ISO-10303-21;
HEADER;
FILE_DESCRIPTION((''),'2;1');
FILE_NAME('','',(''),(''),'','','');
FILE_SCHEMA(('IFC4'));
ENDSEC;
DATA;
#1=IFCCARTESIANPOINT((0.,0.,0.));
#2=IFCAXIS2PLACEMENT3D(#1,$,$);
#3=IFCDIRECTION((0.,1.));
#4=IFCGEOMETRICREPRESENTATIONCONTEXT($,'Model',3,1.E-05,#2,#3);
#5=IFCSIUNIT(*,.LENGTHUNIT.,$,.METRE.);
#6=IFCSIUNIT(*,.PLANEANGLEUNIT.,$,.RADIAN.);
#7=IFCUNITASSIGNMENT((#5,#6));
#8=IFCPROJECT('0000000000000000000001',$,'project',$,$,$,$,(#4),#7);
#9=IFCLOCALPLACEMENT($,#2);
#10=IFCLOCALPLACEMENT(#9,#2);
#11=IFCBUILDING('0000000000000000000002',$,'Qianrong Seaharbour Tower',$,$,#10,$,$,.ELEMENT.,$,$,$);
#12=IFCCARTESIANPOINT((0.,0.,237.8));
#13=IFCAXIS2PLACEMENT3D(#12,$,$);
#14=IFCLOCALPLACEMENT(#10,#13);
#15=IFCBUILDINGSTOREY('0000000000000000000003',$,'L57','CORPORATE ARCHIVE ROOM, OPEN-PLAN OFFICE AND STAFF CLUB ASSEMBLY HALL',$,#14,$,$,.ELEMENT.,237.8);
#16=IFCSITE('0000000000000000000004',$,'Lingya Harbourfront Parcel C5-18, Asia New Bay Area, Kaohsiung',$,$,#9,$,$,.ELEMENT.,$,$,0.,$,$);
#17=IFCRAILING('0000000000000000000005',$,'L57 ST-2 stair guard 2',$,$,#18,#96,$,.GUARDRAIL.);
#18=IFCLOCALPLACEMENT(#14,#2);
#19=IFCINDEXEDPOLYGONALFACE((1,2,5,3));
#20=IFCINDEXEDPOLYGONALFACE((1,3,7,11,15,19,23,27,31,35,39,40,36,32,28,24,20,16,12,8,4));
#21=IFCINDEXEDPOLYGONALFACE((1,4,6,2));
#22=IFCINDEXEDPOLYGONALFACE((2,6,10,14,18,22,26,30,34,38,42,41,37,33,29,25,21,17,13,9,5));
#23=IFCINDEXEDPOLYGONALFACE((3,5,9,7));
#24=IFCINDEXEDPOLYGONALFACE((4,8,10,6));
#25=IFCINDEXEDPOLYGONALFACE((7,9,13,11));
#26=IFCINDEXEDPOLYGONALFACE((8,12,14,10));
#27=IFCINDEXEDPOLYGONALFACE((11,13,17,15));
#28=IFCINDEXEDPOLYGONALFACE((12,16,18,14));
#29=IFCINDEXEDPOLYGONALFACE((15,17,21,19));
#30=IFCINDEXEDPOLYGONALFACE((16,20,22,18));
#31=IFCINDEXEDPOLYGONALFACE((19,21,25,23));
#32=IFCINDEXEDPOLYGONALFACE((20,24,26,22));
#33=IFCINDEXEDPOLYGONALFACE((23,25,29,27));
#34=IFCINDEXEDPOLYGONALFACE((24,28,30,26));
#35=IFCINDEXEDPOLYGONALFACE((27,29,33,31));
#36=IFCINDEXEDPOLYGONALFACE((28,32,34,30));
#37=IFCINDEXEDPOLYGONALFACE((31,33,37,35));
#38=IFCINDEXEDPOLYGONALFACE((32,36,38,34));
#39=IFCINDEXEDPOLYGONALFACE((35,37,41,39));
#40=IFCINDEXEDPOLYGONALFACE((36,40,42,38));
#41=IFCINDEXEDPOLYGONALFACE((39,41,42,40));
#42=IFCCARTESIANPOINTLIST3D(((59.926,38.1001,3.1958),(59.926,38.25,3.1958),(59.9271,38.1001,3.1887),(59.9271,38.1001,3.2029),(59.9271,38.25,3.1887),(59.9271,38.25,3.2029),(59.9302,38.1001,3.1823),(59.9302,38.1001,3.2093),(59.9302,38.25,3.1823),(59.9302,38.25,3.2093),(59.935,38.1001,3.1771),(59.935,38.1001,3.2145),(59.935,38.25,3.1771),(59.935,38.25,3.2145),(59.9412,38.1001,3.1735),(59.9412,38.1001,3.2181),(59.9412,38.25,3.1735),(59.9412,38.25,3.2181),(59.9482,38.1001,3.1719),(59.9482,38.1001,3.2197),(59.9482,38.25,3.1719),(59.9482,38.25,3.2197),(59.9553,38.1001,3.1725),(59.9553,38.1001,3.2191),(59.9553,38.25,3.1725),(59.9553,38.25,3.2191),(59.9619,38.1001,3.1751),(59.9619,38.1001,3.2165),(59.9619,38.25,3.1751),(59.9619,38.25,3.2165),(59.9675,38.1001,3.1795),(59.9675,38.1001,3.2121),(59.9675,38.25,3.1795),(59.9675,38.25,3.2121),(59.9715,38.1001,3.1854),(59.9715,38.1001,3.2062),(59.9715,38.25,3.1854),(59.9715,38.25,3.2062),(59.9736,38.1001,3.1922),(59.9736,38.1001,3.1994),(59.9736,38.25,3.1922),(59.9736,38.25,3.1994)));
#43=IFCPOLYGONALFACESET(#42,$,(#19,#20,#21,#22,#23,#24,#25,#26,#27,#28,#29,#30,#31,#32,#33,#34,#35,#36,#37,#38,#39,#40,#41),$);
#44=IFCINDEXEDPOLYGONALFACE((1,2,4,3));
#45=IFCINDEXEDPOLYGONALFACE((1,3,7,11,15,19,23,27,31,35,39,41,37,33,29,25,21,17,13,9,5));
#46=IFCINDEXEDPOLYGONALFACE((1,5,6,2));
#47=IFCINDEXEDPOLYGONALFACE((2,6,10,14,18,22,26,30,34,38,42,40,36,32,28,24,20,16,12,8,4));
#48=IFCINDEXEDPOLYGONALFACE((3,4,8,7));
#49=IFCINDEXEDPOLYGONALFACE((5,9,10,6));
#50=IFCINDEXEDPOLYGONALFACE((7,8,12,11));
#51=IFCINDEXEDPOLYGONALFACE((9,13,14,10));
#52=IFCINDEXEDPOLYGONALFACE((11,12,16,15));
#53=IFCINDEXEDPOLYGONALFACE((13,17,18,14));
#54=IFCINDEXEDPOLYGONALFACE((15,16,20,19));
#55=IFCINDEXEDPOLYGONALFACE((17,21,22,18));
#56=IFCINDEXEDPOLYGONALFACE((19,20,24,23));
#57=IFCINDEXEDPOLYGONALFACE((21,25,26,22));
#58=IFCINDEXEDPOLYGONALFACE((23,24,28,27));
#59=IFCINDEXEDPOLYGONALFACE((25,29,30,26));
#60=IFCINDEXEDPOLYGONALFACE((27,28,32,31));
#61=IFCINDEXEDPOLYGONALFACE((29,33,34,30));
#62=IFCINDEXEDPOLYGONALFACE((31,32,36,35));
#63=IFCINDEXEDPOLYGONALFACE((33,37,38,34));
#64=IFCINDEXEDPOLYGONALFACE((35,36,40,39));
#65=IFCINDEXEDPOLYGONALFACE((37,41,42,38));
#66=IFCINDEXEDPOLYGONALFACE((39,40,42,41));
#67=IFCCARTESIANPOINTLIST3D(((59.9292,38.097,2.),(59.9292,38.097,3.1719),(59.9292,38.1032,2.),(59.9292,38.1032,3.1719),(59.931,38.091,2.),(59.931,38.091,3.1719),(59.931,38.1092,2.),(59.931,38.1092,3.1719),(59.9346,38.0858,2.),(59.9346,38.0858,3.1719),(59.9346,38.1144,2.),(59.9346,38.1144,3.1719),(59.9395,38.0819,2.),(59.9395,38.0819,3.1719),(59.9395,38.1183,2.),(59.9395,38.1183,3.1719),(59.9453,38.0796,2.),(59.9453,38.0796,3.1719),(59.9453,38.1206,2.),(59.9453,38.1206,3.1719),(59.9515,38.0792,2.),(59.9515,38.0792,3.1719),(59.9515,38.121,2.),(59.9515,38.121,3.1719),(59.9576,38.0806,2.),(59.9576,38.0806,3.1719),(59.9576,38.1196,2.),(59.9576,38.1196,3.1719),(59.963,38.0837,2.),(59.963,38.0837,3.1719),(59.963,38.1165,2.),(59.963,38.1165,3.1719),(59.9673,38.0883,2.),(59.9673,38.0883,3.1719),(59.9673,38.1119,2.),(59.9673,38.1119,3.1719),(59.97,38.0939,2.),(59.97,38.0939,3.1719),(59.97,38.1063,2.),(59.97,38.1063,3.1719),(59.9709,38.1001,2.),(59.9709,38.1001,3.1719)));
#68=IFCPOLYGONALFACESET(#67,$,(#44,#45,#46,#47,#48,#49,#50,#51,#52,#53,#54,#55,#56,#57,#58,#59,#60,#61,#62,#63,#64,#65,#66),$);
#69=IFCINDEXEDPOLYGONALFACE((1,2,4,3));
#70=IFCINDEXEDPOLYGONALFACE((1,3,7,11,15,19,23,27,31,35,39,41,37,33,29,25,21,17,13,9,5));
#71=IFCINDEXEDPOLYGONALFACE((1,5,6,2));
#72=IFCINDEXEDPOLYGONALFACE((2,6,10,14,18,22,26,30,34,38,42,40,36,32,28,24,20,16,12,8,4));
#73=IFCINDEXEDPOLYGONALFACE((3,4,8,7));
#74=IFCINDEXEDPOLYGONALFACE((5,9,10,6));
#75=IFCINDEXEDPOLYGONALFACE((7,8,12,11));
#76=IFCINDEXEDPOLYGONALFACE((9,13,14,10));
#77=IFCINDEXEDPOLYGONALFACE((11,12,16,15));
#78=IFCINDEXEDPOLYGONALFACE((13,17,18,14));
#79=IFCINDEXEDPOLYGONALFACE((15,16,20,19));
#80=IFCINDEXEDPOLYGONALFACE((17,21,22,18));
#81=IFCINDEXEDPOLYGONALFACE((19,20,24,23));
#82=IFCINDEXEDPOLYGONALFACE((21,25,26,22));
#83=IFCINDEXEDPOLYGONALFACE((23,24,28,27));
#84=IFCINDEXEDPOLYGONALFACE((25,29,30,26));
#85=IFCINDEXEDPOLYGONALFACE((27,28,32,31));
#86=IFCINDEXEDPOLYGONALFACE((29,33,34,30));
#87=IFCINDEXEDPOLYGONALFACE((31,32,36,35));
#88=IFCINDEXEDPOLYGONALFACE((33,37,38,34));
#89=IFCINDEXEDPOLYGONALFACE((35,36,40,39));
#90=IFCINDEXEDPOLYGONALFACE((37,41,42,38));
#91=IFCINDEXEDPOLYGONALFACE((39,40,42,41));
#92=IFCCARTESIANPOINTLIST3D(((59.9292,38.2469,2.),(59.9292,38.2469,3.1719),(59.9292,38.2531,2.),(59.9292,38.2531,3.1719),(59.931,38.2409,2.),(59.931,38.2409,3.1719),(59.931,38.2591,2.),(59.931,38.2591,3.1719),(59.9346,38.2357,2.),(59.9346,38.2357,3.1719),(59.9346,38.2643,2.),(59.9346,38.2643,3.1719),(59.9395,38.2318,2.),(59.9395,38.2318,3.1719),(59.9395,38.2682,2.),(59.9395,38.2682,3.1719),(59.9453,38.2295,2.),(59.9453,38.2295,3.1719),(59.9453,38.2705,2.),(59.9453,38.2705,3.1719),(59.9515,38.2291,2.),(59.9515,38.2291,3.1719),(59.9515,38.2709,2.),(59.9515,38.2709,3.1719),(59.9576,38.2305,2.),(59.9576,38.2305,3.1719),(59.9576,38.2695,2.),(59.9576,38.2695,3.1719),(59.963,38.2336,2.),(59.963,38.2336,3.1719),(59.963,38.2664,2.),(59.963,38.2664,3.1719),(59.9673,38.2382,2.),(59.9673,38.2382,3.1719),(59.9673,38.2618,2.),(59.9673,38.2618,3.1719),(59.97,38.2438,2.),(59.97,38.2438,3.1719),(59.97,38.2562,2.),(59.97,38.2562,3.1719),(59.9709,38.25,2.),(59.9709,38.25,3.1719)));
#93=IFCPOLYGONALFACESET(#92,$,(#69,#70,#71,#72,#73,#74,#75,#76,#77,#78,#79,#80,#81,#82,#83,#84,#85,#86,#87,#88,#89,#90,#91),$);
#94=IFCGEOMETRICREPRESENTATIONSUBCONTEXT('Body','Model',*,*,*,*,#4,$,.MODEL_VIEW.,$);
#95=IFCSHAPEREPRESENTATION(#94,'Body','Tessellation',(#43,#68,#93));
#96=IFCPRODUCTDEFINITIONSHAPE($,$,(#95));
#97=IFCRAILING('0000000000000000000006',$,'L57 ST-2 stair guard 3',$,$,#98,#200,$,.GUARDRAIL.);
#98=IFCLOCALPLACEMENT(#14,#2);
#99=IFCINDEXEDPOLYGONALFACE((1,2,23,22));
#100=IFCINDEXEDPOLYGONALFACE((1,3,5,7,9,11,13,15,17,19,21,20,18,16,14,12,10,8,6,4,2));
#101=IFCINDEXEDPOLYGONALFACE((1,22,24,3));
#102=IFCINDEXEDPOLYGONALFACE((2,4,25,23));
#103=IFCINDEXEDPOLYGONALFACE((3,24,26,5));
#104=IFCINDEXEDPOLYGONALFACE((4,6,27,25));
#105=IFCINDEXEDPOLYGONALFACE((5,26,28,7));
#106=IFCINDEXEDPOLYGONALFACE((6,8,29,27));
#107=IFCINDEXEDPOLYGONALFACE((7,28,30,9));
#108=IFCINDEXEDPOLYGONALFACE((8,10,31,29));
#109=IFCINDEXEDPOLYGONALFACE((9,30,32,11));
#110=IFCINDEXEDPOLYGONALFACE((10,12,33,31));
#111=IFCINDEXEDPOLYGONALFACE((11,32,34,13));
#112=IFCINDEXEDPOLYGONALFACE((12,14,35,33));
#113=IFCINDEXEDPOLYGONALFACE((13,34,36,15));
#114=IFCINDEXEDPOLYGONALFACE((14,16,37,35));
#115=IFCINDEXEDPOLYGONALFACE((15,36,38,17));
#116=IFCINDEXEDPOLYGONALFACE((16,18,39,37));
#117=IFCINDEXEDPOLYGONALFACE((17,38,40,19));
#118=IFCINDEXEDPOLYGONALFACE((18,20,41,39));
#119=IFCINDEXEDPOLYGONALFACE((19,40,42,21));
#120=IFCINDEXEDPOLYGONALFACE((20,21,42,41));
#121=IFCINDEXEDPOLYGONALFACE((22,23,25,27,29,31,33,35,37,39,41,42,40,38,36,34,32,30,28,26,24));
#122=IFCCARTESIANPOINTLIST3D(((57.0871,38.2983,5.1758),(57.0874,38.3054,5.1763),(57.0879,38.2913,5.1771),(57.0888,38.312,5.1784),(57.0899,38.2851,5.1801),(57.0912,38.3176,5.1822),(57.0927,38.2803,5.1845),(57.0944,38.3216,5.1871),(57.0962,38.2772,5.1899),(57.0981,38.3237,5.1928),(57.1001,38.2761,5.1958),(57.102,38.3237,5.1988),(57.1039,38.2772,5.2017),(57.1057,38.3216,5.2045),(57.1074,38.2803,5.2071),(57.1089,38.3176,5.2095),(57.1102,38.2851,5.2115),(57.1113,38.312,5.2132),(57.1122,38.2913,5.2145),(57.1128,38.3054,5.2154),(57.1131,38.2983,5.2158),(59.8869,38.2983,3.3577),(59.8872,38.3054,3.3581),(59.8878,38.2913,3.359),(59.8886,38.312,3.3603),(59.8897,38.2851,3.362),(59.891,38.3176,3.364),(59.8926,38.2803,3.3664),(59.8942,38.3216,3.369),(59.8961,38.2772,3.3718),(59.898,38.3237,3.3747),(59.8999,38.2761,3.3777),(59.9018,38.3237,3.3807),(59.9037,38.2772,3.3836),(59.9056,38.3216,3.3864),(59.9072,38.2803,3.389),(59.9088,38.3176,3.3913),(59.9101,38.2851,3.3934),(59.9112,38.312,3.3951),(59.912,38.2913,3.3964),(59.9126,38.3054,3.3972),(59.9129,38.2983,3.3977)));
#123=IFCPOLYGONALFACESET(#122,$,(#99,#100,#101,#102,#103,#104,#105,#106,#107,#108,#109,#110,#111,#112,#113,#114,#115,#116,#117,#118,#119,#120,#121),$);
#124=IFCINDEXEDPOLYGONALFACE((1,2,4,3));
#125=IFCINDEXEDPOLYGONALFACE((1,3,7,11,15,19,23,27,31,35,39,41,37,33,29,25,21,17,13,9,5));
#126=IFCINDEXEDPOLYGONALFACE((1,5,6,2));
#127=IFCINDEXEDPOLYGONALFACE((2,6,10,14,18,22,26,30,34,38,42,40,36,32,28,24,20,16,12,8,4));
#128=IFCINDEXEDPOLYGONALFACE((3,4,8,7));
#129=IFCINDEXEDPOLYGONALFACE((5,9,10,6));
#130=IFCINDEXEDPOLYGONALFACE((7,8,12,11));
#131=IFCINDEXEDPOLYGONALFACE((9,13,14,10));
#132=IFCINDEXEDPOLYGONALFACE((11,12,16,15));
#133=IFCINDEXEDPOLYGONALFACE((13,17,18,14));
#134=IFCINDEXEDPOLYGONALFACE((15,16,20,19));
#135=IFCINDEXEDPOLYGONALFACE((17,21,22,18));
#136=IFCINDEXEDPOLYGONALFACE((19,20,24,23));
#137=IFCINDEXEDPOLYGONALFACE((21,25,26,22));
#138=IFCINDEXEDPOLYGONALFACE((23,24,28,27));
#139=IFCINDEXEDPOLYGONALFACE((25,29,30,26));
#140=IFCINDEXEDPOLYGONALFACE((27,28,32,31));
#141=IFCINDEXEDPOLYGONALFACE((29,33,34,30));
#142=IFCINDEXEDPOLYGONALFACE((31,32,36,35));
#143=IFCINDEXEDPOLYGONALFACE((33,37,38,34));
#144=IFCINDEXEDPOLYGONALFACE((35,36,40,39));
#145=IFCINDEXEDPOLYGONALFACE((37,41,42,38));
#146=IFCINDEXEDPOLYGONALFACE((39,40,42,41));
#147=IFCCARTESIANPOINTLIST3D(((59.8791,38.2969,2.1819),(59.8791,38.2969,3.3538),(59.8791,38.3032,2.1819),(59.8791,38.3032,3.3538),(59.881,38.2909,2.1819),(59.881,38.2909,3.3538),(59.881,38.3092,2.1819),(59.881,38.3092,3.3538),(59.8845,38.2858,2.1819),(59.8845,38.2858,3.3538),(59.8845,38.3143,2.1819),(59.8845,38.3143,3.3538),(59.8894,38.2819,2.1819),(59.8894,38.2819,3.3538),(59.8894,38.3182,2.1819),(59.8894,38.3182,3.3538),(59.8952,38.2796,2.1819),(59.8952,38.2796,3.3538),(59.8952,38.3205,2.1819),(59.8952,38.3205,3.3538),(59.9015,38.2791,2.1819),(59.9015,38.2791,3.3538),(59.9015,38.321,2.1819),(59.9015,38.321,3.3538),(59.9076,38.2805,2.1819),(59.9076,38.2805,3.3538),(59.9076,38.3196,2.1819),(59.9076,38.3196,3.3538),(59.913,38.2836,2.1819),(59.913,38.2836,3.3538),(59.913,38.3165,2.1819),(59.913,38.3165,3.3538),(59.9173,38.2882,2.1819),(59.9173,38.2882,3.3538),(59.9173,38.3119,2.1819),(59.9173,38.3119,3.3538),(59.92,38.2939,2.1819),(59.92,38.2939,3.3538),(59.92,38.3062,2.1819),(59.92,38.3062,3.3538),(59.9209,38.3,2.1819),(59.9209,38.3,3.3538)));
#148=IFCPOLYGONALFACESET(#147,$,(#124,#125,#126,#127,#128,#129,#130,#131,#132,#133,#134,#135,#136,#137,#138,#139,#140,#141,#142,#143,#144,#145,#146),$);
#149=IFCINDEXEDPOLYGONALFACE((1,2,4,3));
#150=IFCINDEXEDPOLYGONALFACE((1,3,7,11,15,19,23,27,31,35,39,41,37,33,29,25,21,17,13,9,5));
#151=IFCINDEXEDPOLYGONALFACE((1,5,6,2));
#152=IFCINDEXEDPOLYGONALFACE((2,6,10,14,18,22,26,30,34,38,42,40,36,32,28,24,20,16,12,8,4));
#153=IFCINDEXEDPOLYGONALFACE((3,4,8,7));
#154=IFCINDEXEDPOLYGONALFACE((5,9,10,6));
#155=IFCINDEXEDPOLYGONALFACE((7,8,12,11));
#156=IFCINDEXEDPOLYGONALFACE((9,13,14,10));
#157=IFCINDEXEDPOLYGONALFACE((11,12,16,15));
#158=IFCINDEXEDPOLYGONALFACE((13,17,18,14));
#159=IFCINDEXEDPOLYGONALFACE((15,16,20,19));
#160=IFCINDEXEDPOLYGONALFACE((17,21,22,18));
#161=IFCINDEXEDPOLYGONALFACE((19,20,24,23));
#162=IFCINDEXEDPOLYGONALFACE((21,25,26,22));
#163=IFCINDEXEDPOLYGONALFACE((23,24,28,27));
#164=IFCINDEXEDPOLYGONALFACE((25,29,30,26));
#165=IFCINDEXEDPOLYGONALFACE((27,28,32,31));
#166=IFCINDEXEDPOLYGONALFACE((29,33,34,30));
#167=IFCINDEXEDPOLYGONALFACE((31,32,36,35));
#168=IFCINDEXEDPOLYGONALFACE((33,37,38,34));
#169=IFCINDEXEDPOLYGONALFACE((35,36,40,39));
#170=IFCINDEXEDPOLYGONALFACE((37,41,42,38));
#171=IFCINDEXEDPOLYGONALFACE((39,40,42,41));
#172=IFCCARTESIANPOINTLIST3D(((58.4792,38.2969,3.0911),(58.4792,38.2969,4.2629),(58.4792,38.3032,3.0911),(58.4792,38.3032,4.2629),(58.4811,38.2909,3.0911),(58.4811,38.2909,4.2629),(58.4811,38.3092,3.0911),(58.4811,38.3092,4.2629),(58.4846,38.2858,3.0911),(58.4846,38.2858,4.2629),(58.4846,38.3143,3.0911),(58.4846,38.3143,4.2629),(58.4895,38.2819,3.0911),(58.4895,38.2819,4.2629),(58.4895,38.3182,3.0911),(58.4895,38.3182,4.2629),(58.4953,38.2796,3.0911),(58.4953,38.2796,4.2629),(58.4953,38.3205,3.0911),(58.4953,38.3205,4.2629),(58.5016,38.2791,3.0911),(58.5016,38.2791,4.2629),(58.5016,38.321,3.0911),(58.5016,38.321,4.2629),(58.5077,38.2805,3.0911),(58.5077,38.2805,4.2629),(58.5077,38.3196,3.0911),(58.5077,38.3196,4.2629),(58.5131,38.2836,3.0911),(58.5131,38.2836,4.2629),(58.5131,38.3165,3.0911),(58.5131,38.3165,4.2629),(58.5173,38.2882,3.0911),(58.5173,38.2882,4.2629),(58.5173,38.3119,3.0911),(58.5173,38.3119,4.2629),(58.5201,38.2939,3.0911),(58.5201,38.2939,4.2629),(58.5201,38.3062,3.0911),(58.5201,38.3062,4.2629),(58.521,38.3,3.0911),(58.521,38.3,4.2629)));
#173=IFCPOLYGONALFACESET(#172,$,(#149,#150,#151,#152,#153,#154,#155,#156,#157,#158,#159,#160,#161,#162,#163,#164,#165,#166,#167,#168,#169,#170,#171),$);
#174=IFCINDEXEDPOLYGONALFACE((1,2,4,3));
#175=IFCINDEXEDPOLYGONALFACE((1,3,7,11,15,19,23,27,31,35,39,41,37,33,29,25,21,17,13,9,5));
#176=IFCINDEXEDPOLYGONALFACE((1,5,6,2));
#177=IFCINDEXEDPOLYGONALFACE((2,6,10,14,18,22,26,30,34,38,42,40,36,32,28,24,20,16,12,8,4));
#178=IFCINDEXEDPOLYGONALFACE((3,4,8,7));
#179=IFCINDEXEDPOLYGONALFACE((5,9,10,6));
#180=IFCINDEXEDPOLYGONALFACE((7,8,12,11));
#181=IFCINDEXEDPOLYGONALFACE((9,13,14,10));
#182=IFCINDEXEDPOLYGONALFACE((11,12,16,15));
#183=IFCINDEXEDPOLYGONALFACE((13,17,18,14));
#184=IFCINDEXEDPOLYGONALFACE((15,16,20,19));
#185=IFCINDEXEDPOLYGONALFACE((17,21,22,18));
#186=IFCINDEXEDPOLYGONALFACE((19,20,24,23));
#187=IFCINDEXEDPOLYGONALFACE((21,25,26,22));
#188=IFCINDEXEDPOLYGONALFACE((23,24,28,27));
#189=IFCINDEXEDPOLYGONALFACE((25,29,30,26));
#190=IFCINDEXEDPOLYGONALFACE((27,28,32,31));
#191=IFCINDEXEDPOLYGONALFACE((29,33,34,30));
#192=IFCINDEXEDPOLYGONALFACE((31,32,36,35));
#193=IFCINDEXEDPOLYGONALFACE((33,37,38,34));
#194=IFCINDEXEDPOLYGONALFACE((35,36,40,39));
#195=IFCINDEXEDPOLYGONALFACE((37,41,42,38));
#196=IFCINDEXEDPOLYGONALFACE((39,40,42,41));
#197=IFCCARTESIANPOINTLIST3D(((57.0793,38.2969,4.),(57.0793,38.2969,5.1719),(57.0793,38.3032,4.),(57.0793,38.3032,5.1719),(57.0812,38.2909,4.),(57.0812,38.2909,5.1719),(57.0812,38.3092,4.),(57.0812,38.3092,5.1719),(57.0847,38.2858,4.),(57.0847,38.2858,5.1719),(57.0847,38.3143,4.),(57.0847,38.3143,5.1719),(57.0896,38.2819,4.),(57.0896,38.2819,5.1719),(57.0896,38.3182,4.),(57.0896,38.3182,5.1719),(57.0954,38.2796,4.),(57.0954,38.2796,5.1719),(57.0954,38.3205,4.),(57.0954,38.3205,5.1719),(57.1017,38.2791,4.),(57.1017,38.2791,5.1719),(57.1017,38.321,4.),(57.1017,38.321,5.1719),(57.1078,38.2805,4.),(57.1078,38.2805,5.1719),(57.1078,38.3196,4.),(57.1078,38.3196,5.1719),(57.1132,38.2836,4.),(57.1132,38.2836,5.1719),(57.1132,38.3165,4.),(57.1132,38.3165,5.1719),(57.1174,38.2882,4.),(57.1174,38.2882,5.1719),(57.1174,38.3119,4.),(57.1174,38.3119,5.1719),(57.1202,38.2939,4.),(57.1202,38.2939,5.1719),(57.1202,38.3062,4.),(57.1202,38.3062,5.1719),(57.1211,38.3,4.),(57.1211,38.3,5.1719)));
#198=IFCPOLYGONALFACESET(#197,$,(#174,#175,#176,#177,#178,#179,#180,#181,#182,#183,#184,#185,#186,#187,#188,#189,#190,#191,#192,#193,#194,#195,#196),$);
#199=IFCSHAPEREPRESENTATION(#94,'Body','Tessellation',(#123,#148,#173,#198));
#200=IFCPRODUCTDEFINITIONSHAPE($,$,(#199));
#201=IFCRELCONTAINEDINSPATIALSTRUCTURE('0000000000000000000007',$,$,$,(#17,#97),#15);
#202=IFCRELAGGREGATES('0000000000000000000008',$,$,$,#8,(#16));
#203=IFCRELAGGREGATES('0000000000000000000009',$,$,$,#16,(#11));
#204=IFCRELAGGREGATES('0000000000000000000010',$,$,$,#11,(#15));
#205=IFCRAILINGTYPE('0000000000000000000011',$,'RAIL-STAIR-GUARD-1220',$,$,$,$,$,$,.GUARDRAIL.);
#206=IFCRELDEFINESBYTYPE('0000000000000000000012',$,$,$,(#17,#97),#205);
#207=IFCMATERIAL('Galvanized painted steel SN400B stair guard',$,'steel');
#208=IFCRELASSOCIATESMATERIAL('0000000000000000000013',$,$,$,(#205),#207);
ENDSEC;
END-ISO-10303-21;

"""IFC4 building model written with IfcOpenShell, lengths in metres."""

from ifc_helpers import new_model, si_unit, direction, frame, origin, origin_2d, place, context, subcontext, project, spatial, circle, extrude, material, type_object, element, save


model = new_model("IFC4")

# Units and contexts
model_context = context("Model", 3, precision=1e-05, world=origin(), true_north=direction((0.0, 1.0)))
body_context = subcontext(model_context, "Body", "Model", "MODEL_VIEW")
ifc_project = project(units=[si_unit("LENGTHUNIT", "METRE"), si_unit("PLANEANGLEUNIT", "RADIAN")], contexts=[model_context])

# Site, building, storey
site_placement = place(None, origin())
site = spatial("IfcSite", under=ifc_project, at=site_placement, Name="Lingya Harbourfront Parcel C5-18, Asia New Bay Area, Kaohsiung", CompositionType="ELEMENT", RefElevation=0.0)
building_placement = place(site_placement, origin())
building = spatial("IfcBuilding", under=site, at=building_placement, Name="Qianrong Seaharbour Tower", CompositionType="ELEMENT")
storey_placement = place(building_placement, frame((0.0, 0.0, 237.8)))
storey = spatial("IfcBuildingStorey", under=building, at=storey_placement, Name="L57", Description="CORPORATE ARCHIVE ROOM, OPEN-PLAN OFFICE AND STAFF CLUB ASSEMBLY HALL", CompositionType="ELEMENT", Elevation=237.8)

# Railings
ifc_material_1 = material(Name="Galvanized painted steel SN400B stair guard", Category="steel")
railing_type_1 = type_object("IfcRailingType", Name="RAIL-STAIR-GUARD-1220", PredefinedType="GUARDRAIL", material=ifc_material_1)
railing_1_placement = place(storey_placement, frame((59.95, 38.1001, 2.0)))
element("IfcRailing", 1, at=railing_1_placement, inside=storey, type_object=railing_type_1, Name="L57 ST-2 stair guard 2", PredefinedType="GUARDRAIL", context=body_context, shape_type="SweptSolid", body=[
    extrude(circle(Radius=0.0239, at=origin_2d()), frame((0.0, 0.0, 1.1958), z_axis=(0.0, 1.0, 0.0), x_axis=(-1.0, 0.0, 0.0)), (0.0, 0.0, 1.0), 0.1499),
    extrude(circle(Radius=0.021, at=origin_2d()), origin(), (0.0, 0.0, 1.0), 1.1719),
    extrude(circle(Radius=0.021, at=origin_2d()), frame((0.0, 0.1499, 0.0)), (0.0, 0.0, 1.0), 1.1719),
])
railing_2_placement = place(storey_placement, frame((59.8999, 38.3, 2.1819)))
element("IfcRailing", 2, at=railing_2_placement, inside=storey, type_object=railing_type_1, Name="L57 ST-2 stair guard 3", PredefinedType="GUARDRAIL", context=body_context, shape_type="SweptSolid", body=[
    extrude(circle(Radius=0.0239, at=origin_2d()), frame((0.0, 0.0, 1.1958), z_axis=(-0.838684, 0.0, 0.544618), x_axis=(0.0, -1.0, 0.0)), (0.0, 0.0, 1.0), 3.3384),
    extrude(circle(Radius=0.021, at=origin_2d()), origin(), (0.0, 0.0, 1.0), 1.1719),
    extrude(circle(Radius=0.021, at=origin_2d()), frame((-1.3999, 0.0, 0.9092)), (0.0, 0.0, 1.0), 1.1719),
    extrude(circle(Radius=0.021, at=origin_2d()), frame((-2.7998, 0.0, 1.8181)), (0.0, 0.0, 1.0), 1.1719),
])

save(model, "model.ifc")
